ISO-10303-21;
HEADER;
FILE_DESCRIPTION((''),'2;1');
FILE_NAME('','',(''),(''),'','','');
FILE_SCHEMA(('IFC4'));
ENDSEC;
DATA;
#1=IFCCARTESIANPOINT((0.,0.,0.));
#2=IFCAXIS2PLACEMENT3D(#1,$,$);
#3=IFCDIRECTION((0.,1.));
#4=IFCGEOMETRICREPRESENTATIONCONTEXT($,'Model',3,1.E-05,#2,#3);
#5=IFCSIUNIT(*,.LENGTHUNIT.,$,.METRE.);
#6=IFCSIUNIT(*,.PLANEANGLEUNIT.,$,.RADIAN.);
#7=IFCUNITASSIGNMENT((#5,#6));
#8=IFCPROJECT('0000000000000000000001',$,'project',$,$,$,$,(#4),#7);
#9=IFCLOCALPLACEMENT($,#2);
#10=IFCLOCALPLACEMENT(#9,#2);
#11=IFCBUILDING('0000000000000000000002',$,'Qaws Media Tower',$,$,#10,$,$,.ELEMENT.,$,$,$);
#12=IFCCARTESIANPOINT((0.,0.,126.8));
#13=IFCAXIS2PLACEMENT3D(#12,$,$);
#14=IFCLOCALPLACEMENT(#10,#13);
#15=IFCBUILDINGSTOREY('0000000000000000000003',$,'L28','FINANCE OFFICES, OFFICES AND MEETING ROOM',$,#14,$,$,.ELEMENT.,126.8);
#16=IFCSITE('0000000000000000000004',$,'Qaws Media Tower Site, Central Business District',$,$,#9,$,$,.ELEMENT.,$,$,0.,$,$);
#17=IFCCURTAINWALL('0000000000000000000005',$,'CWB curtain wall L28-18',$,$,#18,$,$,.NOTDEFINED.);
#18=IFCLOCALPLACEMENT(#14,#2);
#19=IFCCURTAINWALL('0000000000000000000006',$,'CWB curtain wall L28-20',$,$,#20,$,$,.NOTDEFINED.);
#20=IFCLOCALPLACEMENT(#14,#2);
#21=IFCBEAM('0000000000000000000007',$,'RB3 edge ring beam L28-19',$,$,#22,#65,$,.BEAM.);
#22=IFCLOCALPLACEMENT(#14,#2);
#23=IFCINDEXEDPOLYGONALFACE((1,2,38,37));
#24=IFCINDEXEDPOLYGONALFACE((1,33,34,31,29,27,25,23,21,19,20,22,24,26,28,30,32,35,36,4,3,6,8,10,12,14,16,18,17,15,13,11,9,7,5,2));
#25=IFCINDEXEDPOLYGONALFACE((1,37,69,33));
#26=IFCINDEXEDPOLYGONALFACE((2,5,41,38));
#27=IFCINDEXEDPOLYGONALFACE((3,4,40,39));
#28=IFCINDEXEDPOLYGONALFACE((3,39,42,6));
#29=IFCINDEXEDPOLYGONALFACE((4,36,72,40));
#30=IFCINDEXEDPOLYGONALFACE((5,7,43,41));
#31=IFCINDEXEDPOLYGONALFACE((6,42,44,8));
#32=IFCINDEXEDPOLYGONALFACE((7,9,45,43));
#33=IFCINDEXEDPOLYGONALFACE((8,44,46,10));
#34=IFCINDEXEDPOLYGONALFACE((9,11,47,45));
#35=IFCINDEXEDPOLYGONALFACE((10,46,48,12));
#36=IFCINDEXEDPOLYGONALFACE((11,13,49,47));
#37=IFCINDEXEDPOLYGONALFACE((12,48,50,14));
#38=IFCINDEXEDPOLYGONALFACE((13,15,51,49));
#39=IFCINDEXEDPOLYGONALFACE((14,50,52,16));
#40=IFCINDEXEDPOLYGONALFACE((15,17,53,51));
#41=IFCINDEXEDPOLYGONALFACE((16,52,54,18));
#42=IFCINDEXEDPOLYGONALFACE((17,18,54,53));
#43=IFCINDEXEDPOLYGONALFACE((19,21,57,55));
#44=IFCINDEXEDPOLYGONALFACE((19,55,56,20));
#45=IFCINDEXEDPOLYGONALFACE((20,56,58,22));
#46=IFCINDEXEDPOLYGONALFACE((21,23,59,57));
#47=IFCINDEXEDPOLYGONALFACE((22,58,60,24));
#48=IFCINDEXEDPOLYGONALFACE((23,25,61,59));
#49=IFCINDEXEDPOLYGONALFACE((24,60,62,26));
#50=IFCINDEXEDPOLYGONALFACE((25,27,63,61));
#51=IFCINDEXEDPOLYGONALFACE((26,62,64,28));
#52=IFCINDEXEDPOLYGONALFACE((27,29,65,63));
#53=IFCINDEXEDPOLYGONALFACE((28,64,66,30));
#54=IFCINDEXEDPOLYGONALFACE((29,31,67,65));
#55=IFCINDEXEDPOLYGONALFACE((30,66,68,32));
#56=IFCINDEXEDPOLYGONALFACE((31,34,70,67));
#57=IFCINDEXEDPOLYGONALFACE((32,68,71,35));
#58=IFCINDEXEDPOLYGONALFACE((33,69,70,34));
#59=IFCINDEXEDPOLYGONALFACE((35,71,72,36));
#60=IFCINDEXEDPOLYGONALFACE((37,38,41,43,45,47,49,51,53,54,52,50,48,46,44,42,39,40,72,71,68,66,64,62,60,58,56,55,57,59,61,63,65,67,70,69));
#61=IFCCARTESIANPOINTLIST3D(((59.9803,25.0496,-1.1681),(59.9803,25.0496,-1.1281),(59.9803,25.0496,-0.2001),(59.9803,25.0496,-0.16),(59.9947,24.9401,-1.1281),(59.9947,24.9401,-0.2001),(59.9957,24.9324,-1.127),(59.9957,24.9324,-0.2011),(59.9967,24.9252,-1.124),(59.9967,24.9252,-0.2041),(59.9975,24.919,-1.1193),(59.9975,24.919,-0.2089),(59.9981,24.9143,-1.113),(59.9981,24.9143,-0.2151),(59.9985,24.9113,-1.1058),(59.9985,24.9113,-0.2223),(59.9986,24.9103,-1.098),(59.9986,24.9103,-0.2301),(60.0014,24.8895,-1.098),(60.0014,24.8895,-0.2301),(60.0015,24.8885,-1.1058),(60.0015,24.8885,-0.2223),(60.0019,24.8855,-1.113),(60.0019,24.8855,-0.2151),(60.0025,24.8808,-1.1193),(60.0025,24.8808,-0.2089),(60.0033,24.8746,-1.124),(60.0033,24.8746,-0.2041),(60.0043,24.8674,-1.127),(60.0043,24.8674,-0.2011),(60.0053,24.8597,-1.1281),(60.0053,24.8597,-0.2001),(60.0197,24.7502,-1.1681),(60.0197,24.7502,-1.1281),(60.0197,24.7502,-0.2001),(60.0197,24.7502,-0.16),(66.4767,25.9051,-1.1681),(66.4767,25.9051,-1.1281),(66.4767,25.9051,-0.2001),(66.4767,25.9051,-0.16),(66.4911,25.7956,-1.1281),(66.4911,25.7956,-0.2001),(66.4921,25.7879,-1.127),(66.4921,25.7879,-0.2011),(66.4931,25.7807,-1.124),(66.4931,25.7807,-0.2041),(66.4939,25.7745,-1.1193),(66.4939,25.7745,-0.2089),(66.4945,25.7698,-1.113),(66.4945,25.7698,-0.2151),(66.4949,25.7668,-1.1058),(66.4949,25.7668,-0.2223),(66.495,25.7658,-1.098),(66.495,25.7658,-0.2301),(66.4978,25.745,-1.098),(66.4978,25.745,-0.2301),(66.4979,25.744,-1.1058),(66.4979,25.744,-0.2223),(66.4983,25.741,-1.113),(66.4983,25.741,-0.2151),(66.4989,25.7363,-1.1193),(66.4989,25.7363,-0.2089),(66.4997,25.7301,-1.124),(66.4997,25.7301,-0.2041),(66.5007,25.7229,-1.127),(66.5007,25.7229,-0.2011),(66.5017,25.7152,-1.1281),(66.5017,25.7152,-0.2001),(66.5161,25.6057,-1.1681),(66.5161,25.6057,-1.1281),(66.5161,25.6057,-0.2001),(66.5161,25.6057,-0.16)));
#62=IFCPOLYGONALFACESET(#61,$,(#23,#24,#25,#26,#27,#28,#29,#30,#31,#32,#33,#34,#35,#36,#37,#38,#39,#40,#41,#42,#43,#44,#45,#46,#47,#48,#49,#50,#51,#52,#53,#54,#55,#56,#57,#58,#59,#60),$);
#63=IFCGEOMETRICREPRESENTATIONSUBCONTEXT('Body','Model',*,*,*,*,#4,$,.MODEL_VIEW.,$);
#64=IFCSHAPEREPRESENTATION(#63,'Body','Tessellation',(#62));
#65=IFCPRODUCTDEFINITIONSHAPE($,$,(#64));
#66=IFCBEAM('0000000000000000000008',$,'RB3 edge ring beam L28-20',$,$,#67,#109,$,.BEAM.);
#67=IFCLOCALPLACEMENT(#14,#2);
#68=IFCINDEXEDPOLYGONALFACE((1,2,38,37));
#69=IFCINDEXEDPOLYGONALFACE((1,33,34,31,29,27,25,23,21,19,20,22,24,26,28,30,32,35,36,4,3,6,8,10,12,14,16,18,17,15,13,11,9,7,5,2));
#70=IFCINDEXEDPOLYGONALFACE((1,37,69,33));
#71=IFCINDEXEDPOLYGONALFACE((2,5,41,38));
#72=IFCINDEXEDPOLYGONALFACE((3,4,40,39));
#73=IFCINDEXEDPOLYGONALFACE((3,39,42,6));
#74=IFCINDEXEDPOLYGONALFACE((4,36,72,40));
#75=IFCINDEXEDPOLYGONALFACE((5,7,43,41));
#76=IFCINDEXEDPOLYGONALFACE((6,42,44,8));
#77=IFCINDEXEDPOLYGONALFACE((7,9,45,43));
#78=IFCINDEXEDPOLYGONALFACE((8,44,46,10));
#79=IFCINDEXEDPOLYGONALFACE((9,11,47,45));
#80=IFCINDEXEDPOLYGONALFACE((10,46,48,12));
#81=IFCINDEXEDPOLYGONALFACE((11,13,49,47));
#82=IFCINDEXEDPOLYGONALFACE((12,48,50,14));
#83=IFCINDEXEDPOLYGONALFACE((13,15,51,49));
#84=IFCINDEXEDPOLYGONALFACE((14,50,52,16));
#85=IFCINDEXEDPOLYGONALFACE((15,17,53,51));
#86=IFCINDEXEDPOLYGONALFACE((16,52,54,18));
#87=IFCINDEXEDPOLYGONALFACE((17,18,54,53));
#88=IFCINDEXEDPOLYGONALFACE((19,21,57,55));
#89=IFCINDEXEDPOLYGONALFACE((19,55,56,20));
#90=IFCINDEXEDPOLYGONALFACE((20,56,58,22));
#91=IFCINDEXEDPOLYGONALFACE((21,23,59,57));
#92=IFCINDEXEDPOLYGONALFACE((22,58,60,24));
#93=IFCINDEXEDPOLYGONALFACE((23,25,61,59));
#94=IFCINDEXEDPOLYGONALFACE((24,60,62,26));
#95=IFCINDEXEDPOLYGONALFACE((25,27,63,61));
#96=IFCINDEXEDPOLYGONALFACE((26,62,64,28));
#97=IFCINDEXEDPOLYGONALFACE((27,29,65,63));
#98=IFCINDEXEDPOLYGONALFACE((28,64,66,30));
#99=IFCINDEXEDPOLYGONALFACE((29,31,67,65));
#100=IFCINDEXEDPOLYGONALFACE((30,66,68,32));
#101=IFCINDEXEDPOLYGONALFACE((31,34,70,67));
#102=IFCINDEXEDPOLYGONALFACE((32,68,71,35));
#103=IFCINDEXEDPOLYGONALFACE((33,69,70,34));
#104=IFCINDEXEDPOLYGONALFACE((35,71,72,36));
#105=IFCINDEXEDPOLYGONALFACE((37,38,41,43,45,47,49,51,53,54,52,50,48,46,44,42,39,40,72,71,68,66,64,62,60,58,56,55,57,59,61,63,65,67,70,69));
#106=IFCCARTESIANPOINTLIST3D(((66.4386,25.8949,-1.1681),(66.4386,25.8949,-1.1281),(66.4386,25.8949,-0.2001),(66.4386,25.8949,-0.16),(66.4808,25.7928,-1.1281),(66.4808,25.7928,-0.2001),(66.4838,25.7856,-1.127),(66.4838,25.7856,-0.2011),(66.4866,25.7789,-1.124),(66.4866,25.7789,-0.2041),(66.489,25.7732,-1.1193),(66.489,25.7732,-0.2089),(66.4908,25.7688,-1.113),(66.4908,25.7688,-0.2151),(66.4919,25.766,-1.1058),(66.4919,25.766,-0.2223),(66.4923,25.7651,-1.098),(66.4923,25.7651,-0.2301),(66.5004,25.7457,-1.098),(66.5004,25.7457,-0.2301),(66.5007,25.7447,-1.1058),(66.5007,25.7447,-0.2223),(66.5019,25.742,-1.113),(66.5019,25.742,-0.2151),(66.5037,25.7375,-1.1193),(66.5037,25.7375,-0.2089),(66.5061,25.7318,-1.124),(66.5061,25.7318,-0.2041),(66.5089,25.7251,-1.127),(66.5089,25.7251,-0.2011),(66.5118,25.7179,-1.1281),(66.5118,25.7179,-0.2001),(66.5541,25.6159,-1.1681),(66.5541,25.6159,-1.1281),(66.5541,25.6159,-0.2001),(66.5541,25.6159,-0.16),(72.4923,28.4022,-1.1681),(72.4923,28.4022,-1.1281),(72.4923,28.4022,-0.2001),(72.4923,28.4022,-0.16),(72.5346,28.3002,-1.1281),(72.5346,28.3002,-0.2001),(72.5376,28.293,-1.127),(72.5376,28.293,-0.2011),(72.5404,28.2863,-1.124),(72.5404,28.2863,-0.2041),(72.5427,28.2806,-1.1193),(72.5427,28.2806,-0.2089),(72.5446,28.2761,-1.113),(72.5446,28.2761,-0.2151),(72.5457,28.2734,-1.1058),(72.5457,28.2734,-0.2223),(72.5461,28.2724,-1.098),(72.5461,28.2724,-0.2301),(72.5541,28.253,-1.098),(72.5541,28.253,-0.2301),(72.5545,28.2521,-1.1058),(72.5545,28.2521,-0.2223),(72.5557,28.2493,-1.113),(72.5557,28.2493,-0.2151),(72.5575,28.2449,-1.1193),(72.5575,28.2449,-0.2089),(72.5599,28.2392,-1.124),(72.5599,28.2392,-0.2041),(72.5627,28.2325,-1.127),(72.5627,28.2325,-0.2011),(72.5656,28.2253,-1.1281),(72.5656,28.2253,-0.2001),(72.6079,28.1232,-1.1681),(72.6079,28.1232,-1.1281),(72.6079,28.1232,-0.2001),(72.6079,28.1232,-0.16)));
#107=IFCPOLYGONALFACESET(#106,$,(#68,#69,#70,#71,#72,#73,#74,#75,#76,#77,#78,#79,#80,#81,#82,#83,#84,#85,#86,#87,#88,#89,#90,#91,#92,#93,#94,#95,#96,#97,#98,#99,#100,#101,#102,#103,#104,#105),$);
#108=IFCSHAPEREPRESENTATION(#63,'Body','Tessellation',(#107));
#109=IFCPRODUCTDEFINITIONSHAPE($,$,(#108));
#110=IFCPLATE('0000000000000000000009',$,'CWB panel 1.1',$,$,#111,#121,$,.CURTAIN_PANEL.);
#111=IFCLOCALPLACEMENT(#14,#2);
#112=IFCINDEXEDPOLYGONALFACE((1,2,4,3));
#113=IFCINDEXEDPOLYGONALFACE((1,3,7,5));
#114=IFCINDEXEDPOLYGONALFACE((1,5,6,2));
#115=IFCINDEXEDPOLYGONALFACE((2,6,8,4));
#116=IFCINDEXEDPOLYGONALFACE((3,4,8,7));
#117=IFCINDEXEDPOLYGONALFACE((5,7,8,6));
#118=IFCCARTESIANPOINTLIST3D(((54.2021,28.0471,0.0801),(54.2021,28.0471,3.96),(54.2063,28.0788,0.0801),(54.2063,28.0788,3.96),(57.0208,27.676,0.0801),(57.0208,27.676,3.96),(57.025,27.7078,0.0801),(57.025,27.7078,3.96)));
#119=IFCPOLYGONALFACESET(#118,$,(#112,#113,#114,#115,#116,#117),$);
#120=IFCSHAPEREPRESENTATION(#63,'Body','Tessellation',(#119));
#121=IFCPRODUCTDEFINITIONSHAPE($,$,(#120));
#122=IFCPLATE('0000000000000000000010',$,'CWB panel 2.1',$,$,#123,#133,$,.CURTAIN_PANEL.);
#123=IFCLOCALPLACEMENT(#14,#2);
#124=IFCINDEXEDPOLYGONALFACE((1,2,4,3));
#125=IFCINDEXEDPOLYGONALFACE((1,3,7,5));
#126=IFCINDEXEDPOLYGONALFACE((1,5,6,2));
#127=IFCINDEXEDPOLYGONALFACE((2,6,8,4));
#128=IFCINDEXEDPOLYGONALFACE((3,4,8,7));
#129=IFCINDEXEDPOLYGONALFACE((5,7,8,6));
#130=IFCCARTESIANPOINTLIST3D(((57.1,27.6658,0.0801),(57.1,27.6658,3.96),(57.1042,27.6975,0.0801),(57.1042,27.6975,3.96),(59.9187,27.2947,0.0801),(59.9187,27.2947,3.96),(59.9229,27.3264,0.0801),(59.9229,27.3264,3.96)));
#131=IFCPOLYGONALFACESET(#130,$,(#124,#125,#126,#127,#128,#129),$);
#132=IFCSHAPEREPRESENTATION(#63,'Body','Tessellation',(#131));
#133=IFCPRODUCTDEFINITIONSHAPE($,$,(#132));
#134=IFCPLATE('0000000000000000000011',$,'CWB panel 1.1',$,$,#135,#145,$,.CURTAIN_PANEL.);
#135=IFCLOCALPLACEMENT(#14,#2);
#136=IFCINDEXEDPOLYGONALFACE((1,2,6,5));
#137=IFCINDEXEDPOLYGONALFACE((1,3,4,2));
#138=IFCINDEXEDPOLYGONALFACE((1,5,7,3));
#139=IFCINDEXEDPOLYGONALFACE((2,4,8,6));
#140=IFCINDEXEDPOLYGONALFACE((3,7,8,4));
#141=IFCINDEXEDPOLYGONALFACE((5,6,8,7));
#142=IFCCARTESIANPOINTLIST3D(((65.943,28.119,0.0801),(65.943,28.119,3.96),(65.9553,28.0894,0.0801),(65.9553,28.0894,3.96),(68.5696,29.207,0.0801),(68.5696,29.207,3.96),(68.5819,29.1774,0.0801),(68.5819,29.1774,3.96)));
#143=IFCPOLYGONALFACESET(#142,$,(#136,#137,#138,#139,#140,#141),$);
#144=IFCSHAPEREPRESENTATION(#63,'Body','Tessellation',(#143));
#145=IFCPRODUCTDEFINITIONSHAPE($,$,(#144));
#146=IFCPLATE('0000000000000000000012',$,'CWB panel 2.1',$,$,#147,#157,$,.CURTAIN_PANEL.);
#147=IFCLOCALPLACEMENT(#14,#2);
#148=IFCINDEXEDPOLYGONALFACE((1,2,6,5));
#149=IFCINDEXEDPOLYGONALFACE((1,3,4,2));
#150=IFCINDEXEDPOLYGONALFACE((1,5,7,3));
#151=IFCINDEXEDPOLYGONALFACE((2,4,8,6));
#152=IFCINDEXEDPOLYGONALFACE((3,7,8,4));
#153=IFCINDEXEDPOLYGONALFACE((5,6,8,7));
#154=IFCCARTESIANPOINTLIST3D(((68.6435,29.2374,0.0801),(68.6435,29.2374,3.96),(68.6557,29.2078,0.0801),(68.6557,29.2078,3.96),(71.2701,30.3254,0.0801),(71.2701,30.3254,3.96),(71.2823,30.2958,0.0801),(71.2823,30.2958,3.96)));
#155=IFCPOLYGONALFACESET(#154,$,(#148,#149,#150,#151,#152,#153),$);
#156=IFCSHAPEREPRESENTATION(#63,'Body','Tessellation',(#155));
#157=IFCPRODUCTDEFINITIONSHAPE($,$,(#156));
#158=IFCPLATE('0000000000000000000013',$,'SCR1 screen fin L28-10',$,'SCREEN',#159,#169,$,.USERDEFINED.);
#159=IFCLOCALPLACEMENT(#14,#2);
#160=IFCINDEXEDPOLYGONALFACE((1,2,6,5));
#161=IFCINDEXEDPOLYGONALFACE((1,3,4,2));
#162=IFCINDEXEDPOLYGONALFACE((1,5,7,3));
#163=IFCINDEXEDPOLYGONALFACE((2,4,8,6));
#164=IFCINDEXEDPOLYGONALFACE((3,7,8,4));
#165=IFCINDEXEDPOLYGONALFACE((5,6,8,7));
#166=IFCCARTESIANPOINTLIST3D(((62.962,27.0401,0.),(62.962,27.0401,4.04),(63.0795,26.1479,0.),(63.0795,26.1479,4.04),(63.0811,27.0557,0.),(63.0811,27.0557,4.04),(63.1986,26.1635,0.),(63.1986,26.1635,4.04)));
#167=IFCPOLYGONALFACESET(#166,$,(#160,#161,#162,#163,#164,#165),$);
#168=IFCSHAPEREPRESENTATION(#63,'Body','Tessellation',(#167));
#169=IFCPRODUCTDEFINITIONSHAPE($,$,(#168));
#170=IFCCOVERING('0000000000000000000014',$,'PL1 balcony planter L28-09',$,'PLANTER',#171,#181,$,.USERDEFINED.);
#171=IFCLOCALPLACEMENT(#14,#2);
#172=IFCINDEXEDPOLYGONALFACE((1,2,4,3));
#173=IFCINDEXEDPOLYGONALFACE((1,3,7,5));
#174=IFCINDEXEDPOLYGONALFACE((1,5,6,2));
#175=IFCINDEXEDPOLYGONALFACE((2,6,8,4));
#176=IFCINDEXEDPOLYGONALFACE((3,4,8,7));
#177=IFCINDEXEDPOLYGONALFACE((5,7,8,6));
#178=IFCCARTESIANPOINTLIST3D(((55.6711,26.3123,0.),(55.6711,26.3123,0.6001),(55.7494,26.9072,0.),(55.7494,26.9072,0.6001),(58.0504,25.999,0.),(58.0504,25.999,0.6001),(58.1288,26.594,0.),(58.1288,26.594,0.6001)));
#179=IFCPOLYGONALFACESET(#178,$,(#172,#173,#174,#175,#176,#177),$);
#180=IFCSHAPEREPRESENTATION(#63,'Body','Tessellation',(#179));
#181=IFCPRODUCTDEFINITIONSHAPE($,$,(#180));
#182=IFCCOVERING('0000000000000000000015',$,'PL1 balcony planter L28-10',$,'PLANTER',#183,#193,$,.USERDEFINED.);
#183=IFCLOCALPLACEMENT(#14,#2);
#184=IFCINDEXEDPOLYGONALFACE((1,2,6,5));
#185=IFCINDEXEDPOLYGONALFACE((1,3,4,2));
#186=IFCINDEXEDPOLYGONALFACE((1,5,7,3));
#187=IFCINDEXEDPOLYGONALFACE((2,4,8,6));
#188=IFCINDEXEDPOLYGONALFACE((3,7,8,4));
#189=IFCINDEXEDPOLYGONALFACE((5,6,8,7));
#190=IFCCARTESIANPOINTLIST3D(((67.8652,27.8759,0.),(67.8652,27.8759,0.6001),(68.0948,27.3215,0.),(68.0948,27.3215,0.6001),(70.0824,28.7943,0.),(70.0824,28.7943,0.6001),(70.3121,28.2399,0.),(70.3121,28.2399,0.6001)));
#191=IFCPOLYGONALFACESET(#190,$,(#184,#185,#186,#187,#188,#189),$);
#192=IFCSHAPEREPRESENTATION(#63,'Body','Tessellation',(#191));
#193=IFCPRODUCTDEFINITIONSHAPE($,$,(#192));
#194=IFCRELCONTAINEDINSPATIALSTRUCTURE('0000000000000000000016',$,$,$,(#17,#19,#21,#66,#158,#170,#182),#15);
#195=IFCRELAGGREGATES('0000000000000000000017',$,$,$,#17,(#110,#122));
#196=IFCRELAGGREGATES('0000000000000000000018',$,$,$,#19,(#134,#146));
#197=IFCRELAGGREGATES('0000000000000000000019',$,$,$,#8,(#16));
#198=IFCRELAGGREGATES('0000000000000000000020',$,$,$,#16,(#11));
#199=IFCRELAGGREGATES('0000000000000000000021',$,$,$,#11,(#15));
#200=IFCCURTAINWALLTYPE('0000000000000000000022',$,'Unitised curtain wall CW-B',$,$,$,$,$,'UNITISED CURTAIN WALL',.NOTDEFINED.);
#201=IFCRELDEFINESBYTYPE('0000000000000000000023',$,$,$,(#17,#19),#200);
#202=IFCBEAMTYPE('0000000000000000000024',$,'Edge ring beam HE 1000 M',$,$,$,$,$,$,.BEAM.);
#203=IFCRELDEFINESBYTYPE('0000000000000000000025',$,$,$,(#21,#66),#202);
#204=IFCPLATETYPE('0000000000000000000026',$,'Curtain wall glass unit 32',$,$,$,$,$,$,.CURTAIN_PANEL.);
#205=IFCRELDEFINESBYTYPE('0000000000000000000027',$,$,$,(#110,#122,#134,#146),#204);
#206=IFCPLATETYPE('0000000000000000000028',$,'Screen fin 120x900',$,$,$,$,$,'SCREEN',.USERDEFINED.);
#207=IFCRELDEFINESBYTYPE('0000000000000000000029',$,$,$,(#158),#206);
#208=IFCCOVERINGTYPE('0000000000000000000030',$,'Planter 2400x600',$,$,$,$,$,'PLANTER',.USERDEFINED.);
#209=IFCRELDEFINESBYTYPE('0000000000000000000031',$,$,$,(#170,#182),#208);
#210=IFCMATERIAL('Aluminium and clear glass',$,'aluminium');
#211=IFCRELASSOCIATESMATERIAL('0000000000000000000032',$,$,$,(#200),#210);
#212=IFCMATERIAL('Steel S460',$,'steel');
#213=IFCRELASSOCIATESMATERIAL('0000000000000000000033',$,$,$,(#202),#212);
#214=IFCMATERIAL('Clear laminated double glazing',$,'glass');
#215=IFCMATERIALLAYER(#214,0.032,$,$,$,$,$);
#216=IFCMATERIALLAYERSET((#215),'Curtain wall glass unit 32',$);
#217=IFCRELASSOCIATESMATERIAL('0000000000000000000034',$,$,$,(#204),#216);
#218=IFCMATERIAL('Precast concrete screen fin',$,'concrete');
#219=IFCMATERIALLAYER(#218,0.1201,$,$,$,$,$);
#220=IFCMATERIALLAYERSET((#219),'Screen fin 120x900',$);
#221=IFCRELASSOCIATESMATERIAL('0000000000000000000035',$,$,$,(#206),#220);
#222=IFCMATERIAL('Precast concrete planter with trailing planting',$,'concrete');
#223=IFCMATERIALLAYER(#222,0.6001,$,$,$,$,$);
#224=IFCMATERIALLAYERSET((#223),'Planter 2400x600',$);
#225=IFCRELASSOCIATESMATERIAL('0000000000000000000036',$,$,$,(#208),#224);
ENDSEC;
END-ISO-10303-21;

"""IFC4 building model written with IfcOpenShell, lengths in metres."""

from ifc_helpers import new_model, si_unit, direction, frame, origin, origin_2d, place, context, subcontext, project, spatial, rectangle, i_section, extrude, material, layer, layer_set, material_profile, profile_set, type_object, element, aggregate, save


model = new_model("IFC4")

# Units and contexts
model_context = context("Model", 3, precision=1e-05, world=origin(), true_north=direction((0.0, 1.0)))
body_context = subcontext(model_context, "Body", "Model", "MODEL_VIEW")
ifc_project = project(units=[si_unit("LENGTHUNIT", "METRE"), si_unit("PLANEANGLEUNIT", "RADIAN")], contexts=[model_context])

# Site, building, storey
site_placement = place(None, origin())
site = spatial("IfcSite", under=ifc_project, at=site_placement, Name="Qaws Media Tower Site, Central Business District", CompositionType="ELEMENT", RefElevation=0.0)
building_placement = place(site_placement, origin())
building = spatial("IfcBuilding", under=site, at=building_placement, Name="Qaws Media Tower", CompositionType="ELEMENT")
storey_placement = place(building_placement, frame((0.0, 0.0, 126.8)))
storey = spatial("IfcBuildingStorey", under=building, at=storey_placement, Name="L28", Description="FINANCE OFFICES, OFFICES AND MEETING ROOM", CompositionType="ELEMENT", Elevation=126.8)

# Curtain walls
ifc_material_1 = material(Name="Aluminium and clear glass", Category="aluminium")
curtain_wall_type = type_object("IfcCurtainWallType", Name="Unitised curtain wall CW-B", ElementType="UNITISED CURTAIN WALL", PredefinedType="NOTDEFINED", material=ifc_material_1)
curtain_wall_1_placement = place(storey_placement, origin())
curtain_wall_1 = element("IfcCurtainWall", 1, at=curtain_wall_1_placement, inside=storey, type_object=curtain_wall_type, Name="CWB curtain wall L28-18", PredefinedType="NOTDEFINED")
curtain_wall_2_placement = place(storey_placement, origin())
curtain_wall_2 = element("IfcCurtainWall", 2, at=curtain_wall_2_placement, inside=storey, type_object=curtain_wall_type, Name="CWB curtain wall L28-20", PredefinedType="NOTDEFINED")

# Beams
ifc_material_2 = material(Name="Steel S460", Category="steel")
ifc_material_profile_1 = material_profile(ifc_material_2, i_section(OverallWidth=0.302, OverallDepth=1.0081, WebThickness=0.021, FlangeThickness=0.04, FilletRadius=0.03, at=origin_2d()), Name="HE 1000 M")
ifc_profile_set_1 = profile_set([ifc_material_profile_1], Name="Steel S460")
beam_type = type_object("IfcBeamType", Name="Edge ring beam HE 1000 M", PredefinedType="BEAM", material=ifc_profile_set_1)
for number, where, z_axis, x_axis, name in (
    (3, (60.0, 24.8999, -0.6641), (0.991441, 0.130558, 0.0), (-0.130558, 0.991441, 0.0), "RB3 edge ring beam L28-19"),
    (4, (66.4963, 25.7554, -0.6641), (0.923891, 0.382657, 0.0), (-0.382657, 0.923891, 0.0), "RB3 edge ring beam L28-20"),
):
    element("IfcBeam", number, at=place(storey_placement, frame(where, z_axis=z_axis, x_axis=x_axis)), inside=storey, type_object=beam_type, Name=name, PredefinedType="BEAM", context=body_context, shape_type="SweptSolid", body=[
        extrude(i_section(OverallWidth=0.302, OverallDepth=1.0081, WebThickness=0.021, FlangeThickness=0.04, FilletRadius=0.03, at=origin_2d()), origin(), (0.0, 0.0, 1.0), 6.5525),
    ])

# Plates
ifc_material_3 = material(Name="Clear laminated double glazing", Category="glass")
ifc_layer_1 = layer(ifc_material_3, 0.032)
ifc_layer_set_1 = layer_set([ifc_layer_1], Name="Curtain wall glass unit 32")
plate_type_1 = type_object("IfcPlateType", Name="Curtain wall glass unit 32", PredefinedType="CURTAIN_PANEL", material=ifc_layer_set_1)
plate_1_placement = place(storey_placement, frame((55.6135, 27.8774, 0.0801), z_axis=(0.0, 0.0, 1.0), x_axis=(0.991445, -0.130526, 0.0)))
plate_1 = element("IfcPlate", 5, at=plate_1_placement, type_object=plate_type_1, Name="CWB panel 1.1", PredefinedType="CURTAIN_PANEL", context=body_context, shape_type="SweptSolid", body=[
    extrude(rectangle(XDim=2.843, YDim=0.032, at=origin_2d()), origin(), (0.0, 0.0, 1.0), 3.8799),
])
plate_2_placement = place(storey_placement, frame((58.5115, 27.4961, 0.0801), z_axis=(0.0, 0.0, 1.0), x_axis=(0.991445, -0.130526, 0.0)))
plate_2 = element("IfcPlate", 6, at=plate_2_placement, type_object=plate_type_1, Name="CWB panel 2.1", PredefinedType="CURTAIN_PANEL", context=body_context, shape_type="SweptSolid", body=[
    extrude(rectangle(XDim=2.843, YDim=0.032, at=origin_2d()), origin(), (0.0, 0.0, 1.0), 3.8799),
])
aggregate(curtain_wall_1, [plate_1, plate_2])
plate_3_placement = place(storey_placement, frame((67.2625, 28.6482, 0.0801), z_axis=(0.0, 0.0, 1.0), x_axis=(0.92388, 0.382683, 0.0)))
plate_3 = element("IfcPlate", 7, at=plate_3_placement, type_object=plate_type_1, Name="CWB panel 1.1", PredefinedType="CURTAIN_PANEL", context=body_context, shape_type="SweptSolid", body=[
    extrude(rectangle(XDim=2.843, YDim=0.032, at=origin_2d()), origin(), (0.0, 0.0, 1.0), 3.8799),
])
plate_4_placement = place(storey_placement, frame((69.9629, 29.7666, 0.0801), z_axis=(0.0, 0.0, 1.0), x_axis=(0.92388, 0.382683, 0.0)))
plate_4 = element("IfcPlate", 8, at=plate_4_placement, type_object=plate_type_1, Name="CWB panel 2.1", PredefinedType="CURTAIN_PANEL", context=body_context, shape_type="SweptSolid", body=[
    extrude(rectangle(XDim=2.843, YDim=0.032, at=origin_2d()), origin(), (0.0, 0.0, 1.0), 3.8799),
])
aggregate(curtain_wall_2, [plate_3, plate_4])
ifc_material_4 = material(Name="Precast concrete screen fin", Category="concrete")
ifc_layer_2 = layer(ifc_material_4, 0.1201)
ifc_layer_set_2 = layer_set([ifc_layer_2], Name="Screen fin 120x900")
plate_type_2 = type_object("IfcPlateType", Name="Screen fin 120x900", ElementType="SCREEN", PredefinedType="USERDEFINED", material=ifc_layer_set_2)
plate_5_placement = place(storey_placement, frame((63.0803, 26.6018, 0.0), z_axis=(0.0, 0.0, 1.0), x_axis=(0.130526, -0.991445, 0.0)))
element("IfcPlate", 9, at=plate_5_placement, inside=storey, type_object=plate_type_2, Name="SCR1 screen fin L28-10", ObjectType="SCREEN", PredefinedType="USERDEFINED", context=body_context, shape_type="SweptSolid", body=[
    extrude(rectangle(XDim=0.8999, YDim=0.1201, at=origin_2d()), origin(), (0.0, 0.0, 1.0), 4.04),
])

# Coverings
ifc_material_5 = material(Name="Precast concrete planter with trailing planting", Category="concrete")
ifc_layer_3 = layer(ifc_material_5, 0.6001)
ifc_layer_set_3 = layer_set([ifc_layer_3], Name="Planter 2400x600")
covering_type = type_object("IfcCoveringType", Name="Planter 2400x600", ElementType="PLANTER", PredefinedType="USERDEFINED", material=ifc_layer_set_3)
for number, where, z_axis, x_axis, name in (
    (10, (56.8999, 26.4531, 0.0), (0.0, 0.0, 1.0), (0.991445, -0.130526, 0.0), "PL1 balcony planter L28-09"),
    (11, (69.0886, 28.0579, 0.0), (0.0, 0.0, 1.0), (0.92388, 0.382683, 0.0), "PL1 balcony planter L28-10"),
):
    element("IfcCovering", number, at=place(storey_placement, frame(where, z_axis=z_axis, x_axis=x_axis)), inside=storey, type_object=covering_type, Name=name, ObjectType="PLANTER", PredefinedType="USERDEFINED", context=body_context, shape_type="SweptSolid", body=[
        extrude(rectangle(XDim=2.3999, YDim=0.6001, at=origin_2d()), origin(), (0.0, 0.0, 1.0), 0.6001),
    ])

save(model, "model.ifc")
